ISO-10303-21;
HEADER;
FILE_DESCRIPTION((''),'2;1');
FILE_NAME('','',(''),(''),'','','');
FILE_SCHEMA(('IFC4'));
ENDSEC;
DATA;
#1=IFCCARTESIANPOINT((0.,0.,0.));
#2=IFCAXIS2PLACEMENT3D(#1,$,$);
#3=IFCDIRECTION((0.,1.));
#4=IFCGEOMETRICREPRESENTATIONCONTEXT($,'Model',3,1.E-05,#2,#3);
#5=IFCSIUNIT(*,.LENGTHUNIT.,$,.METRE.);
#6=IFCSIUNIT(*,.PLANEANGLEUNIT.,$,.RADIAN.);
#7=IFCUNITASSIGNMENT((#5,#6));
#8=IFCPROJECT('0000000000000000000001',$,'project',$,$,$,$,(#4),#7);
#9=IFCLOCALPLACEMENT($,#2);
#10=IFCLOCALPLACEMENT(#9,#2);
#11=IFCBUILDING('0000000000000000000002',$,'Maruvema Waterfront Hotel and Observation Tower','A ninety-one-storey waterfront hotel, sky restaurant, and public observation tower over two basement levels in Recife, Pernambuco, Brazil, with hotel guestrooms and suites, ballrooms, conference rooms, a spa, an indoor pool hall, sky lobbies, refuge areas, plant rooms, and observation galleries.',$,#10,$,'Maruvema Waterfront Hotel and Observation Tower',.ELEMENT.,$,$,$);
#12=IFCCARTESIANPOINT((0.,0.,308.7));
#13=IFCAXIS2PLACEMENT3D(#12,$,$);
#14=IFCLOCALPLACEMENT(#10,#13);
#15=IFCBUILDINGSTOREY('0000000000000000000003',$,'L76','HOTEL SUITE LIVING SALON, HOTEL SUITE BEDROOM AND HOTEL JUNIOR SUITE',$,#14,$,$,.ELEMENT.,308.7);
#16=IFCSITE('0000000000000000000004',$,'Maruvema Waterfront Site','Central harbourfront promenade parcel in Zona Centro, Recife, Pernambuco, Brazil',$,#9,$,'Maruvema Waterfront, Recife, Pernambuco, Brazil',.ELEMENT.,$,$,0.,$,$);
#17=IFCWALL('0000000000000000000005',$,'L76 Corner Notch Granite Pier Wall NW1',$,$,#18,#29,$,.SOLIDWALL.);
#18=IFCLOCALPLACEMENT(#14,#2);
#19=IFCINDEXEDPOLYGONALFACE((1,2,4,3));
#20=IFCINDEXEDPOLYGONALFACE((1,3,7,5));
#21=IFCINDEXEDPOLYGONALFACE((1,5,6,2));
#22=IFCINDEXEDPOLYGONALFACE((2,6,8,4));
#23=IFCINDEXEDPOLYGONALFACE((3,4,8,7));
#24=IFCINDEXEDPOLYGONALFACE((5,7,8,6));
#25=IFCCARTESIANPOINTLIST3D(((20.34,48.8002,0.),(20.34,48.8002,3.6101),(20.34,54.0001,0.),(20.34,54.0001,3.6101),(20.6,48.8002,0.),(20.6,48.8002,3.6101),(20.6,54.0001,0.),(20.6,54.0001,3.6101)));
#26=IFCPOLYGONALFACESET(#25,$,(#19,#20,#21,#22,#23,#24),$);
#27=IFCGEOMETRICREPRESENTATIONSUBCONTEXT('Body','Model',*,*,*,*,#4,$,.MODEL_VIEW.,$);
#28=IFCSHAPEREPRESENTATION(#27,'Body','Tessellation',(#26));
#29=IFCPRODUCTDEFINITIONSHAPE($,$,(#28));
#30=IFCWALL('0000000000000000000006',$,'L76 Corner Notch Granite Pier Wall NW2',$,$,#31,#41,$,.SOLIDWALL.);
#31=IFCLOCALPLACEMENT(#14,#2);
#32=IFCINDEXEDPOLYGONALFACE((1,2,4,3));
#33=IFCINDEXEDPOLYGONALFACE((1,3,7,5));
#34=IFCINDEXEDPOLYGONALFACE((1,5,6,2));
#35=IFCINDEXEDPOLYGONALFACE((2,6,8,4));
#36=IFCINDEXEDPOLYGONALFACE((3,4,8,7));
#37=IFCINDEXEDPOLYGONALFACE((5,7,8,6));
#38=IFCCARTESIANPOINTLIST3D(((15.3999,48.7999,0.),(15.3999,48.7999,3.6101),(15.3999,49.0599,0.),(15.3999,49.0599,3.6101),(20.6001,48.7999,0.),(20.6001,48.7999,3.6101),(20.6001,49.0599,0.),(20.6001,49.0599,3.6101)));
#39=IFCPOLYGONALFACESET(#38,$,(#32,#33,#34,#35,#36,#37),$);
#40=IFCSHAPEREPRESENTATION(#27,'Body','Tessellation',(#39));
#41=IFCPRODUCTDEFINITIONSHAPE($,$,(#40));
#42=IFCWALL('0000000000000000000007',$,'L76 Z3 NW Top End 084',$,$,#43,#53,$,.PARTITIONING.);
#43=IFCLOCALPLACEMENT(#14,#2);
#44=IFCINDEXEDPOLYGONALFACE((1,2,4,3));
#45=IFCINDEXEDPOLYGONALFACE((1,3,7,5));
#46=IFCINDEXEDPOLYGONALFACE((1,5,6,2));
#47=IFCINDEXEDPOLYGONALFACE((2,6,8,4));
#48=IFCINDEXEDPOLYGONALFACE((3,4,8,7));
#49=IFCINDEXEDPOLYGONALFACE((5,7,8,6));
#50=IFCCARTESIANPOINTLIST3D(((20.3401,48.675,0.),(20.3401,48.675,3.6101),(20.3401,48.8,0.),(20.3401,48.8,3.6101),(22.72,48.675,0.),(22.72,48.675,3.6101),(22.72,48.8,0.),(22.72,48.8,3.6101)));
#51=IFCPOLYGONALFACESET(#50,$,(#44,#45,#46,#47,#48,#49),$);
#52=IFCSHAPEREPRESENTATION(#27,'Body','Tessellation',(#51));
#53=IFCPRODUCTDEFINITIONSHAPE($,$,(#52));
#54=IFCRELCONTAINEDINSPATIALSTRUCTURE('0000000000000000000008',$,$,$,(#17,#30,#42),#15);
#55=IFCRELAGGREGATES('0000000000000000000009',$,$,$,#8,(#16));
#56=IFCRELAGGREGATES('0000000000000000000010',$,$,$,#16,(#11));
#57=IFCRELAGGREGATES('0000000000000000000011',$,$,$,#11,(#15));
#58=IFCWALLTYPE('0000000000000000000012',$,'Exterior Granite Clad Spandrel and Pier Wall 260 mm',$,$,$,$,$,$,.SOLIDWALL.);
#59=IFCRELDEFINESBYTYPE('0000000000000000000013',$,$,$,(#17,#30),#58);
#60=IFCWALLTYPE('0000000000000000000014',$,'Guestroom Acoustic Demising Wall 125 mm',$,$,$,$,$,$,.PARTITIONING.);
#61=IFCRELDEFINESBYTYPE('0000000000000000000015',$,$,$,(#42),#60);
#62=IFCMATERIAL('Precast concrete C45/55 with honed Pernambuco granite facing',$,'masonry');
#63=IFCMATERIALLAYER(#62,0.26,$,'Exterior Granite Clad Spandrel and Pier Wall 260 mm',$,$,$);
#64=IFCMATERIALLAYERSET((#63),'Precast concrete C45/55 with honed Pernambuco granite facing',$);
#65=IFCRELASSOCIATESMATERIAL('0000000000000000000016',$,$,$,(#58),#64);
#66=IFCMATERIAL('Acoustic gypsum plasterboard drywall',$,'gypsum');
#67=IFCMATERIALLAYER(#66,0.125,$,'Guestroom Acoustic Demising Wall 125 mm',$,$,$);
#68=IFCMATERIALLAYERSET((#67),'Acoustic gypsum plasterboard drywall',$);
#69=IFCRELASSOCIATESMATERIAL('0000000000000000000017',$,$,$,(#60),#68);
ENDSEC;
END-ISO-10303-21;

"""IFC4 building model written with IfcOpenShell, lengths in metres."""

from ifc_helpers import new_model, si_unit, direction, frame, frame_2d, origin, place, context, subcontext, project, spatial, rectangle, extrude, material, layer, layer_set, type_object, element, save


model = new_model("IFC4")

# Units and contexts
model_context = context("Model", 3, precision=1e-05, world=origin(), true_north=direction((0.0, 1.0)))
body_context = subcontext(model_context, "Body", "Model", "MODEL_VIEW")
ifc_project = project(units=[si_unit("LENGTHUNIT", "METRE"), si_unit("PLANEANGLEUNIT", "RADIAN")], contexts=[model_context])

# Site, building, storey
site_placement = place(None, origin())
site = spatial("IfcSite", under=ifc_project, at=site_placement, Name="Maruvema Waterfront Site", Description="Central harbourfront promenade parcel in Zona Centro, Recife, Pernambuco, Brazil", LongName="Maruvema Waterfront, Recife, Pernambuco, Brazil", CompositionType="ELEMENT", RefElevation=0.0)
building_placement = place(site_placement, origin())
building = spatial("IfcBuilding", under=site, at=building_placement, Name="Maruvema Waterfront Hotel and Observation Tower", Description="A ninety-one-storey waterfront hotel, sky restaurant, and public observation tower over two basement levels in Recife, Pernambuco, Brazil, with hotel guestrooms and suites, ballrooms, conference rooms, a spa, an indoor pool hall, sky lobbies, refuge areas, plant rooms, and observation galleries.", LongName="Maruvema Waterfront Hotel and Observation Tower", CompositionType="ELEMENT")
storey_placement = place(building_placement, frame((0.0, 0.0, 308.7)))
storey = spatial("IfcBuildingStorey", under=building, at=storey_placement, Name="L76", Description="HOTEL SUITE LIVING SALON, HOTEL SUITE BEDROOM AND HOTEL JUNIOR SUITE", CompositionType="ELEMENT", Elevation=308.7)

# Walls
ifc_material_1 = material(Name="Precast concrete C45/55 with honed Pernambuco granite facing", Category="masonry")
ifc_layer_1 = layer(ifc_material_1, 0.26, Name="Exterior Granite Clad Spandrel and Pier Wall 260 mm")
ifc_layer_set_1 = layer_set([ifc_layer_1], Name="Precast concrete C45/55 with honed Pernambuco granite facing")
wall_type_1 = type_object("IfcWallType", Name="Exterior Granite Clad Spandrel and Pier Wall 260 mm", PredefinedType="SOLIDWALL", material=ifc_layer_set_1)
wall_1_placement = place(storey_placement, frame((20.47, 48.8, 0.0), z_axis=(0.0, 0.0, 1.0), x_axis=(0.0, 1.0, 0.0)))
element("IfcWall", 1, at=wall_1_placement, inside=storey, type_object=wall_type_1, Name="L76 Corner Notch Granite Pier Wall NW1", PredefinedType="SOLIDWALL", context=body_context, shape_type="SweptSolid", body=[
    extrude(rectangle(XDim=5.2, YDim=0.26, at=frame_2d((2.6001, 0.0))), origin(), (0.0, 0.0, 1.0), 3.6101),
])
wall_2_placement = place(storey_placement, frame((15.3999, 48.9299, 0.0), z_axis=(0.0, 0.0, 1.0), x_axis=(1.0, 0.0, 0.0)))
element("IfcWall", 2, at=wall_2_placement, inside=storey, type_object=wall_type_1, Name="L76 Corner Notch Granite Pier Wall NW2", PredefinedType="SOLIDWALL", context=body_context, shape_type="SweptSolid", body=[
    extrude(rectangle(XDim=5.2002, YDim=0.26, at=frame_2d((2.6001, 0.0))), origin(), (0.0, 0.0, 1.0), 3.6101),
])
ifc_material_2 = material(Name="Acoustic gypsum plasterboard drywall", Category="gypsum")
ifc_layer_2 = layer(ifc_material_2, 0.125, Name="Guestroom Acoustic Demising Wall 125 mm")
ifc_layer_set_2 = layer_set([ifc_layer_2], Name="Acoustic gypsum plasterboard drywall")
wall_type_2 = type_object("IfcWallType", Name="Guestroom Acoustic Demising Wall 125 mm", PredefinedType="PARTITIONING", material=ifc_layer_set_2)
wall_3_placement = place(storey_placement, frame((20.3401, 48.7375, 0.0), z_axis=(0.0, 0.0, 1.0), x_axis=(1.0, 0.0, 0.0)))
element("IfcWall", 3, at=wall_3_placement, inside=storey, type_object=wall_type_2, Name="L76 Z3 NW Top End 084", PredefinedType="PARTITIONING", context=body_context, shape_type="SweptSolid", body=[
    extrude(rectangle(XDim=2.3799, YDim=0.125, at=frame_2d((1.1899, 0.0))), origin(), (0.0, 0.0, 1.0), 3.6101),
])

save(model, "model.ifc")
